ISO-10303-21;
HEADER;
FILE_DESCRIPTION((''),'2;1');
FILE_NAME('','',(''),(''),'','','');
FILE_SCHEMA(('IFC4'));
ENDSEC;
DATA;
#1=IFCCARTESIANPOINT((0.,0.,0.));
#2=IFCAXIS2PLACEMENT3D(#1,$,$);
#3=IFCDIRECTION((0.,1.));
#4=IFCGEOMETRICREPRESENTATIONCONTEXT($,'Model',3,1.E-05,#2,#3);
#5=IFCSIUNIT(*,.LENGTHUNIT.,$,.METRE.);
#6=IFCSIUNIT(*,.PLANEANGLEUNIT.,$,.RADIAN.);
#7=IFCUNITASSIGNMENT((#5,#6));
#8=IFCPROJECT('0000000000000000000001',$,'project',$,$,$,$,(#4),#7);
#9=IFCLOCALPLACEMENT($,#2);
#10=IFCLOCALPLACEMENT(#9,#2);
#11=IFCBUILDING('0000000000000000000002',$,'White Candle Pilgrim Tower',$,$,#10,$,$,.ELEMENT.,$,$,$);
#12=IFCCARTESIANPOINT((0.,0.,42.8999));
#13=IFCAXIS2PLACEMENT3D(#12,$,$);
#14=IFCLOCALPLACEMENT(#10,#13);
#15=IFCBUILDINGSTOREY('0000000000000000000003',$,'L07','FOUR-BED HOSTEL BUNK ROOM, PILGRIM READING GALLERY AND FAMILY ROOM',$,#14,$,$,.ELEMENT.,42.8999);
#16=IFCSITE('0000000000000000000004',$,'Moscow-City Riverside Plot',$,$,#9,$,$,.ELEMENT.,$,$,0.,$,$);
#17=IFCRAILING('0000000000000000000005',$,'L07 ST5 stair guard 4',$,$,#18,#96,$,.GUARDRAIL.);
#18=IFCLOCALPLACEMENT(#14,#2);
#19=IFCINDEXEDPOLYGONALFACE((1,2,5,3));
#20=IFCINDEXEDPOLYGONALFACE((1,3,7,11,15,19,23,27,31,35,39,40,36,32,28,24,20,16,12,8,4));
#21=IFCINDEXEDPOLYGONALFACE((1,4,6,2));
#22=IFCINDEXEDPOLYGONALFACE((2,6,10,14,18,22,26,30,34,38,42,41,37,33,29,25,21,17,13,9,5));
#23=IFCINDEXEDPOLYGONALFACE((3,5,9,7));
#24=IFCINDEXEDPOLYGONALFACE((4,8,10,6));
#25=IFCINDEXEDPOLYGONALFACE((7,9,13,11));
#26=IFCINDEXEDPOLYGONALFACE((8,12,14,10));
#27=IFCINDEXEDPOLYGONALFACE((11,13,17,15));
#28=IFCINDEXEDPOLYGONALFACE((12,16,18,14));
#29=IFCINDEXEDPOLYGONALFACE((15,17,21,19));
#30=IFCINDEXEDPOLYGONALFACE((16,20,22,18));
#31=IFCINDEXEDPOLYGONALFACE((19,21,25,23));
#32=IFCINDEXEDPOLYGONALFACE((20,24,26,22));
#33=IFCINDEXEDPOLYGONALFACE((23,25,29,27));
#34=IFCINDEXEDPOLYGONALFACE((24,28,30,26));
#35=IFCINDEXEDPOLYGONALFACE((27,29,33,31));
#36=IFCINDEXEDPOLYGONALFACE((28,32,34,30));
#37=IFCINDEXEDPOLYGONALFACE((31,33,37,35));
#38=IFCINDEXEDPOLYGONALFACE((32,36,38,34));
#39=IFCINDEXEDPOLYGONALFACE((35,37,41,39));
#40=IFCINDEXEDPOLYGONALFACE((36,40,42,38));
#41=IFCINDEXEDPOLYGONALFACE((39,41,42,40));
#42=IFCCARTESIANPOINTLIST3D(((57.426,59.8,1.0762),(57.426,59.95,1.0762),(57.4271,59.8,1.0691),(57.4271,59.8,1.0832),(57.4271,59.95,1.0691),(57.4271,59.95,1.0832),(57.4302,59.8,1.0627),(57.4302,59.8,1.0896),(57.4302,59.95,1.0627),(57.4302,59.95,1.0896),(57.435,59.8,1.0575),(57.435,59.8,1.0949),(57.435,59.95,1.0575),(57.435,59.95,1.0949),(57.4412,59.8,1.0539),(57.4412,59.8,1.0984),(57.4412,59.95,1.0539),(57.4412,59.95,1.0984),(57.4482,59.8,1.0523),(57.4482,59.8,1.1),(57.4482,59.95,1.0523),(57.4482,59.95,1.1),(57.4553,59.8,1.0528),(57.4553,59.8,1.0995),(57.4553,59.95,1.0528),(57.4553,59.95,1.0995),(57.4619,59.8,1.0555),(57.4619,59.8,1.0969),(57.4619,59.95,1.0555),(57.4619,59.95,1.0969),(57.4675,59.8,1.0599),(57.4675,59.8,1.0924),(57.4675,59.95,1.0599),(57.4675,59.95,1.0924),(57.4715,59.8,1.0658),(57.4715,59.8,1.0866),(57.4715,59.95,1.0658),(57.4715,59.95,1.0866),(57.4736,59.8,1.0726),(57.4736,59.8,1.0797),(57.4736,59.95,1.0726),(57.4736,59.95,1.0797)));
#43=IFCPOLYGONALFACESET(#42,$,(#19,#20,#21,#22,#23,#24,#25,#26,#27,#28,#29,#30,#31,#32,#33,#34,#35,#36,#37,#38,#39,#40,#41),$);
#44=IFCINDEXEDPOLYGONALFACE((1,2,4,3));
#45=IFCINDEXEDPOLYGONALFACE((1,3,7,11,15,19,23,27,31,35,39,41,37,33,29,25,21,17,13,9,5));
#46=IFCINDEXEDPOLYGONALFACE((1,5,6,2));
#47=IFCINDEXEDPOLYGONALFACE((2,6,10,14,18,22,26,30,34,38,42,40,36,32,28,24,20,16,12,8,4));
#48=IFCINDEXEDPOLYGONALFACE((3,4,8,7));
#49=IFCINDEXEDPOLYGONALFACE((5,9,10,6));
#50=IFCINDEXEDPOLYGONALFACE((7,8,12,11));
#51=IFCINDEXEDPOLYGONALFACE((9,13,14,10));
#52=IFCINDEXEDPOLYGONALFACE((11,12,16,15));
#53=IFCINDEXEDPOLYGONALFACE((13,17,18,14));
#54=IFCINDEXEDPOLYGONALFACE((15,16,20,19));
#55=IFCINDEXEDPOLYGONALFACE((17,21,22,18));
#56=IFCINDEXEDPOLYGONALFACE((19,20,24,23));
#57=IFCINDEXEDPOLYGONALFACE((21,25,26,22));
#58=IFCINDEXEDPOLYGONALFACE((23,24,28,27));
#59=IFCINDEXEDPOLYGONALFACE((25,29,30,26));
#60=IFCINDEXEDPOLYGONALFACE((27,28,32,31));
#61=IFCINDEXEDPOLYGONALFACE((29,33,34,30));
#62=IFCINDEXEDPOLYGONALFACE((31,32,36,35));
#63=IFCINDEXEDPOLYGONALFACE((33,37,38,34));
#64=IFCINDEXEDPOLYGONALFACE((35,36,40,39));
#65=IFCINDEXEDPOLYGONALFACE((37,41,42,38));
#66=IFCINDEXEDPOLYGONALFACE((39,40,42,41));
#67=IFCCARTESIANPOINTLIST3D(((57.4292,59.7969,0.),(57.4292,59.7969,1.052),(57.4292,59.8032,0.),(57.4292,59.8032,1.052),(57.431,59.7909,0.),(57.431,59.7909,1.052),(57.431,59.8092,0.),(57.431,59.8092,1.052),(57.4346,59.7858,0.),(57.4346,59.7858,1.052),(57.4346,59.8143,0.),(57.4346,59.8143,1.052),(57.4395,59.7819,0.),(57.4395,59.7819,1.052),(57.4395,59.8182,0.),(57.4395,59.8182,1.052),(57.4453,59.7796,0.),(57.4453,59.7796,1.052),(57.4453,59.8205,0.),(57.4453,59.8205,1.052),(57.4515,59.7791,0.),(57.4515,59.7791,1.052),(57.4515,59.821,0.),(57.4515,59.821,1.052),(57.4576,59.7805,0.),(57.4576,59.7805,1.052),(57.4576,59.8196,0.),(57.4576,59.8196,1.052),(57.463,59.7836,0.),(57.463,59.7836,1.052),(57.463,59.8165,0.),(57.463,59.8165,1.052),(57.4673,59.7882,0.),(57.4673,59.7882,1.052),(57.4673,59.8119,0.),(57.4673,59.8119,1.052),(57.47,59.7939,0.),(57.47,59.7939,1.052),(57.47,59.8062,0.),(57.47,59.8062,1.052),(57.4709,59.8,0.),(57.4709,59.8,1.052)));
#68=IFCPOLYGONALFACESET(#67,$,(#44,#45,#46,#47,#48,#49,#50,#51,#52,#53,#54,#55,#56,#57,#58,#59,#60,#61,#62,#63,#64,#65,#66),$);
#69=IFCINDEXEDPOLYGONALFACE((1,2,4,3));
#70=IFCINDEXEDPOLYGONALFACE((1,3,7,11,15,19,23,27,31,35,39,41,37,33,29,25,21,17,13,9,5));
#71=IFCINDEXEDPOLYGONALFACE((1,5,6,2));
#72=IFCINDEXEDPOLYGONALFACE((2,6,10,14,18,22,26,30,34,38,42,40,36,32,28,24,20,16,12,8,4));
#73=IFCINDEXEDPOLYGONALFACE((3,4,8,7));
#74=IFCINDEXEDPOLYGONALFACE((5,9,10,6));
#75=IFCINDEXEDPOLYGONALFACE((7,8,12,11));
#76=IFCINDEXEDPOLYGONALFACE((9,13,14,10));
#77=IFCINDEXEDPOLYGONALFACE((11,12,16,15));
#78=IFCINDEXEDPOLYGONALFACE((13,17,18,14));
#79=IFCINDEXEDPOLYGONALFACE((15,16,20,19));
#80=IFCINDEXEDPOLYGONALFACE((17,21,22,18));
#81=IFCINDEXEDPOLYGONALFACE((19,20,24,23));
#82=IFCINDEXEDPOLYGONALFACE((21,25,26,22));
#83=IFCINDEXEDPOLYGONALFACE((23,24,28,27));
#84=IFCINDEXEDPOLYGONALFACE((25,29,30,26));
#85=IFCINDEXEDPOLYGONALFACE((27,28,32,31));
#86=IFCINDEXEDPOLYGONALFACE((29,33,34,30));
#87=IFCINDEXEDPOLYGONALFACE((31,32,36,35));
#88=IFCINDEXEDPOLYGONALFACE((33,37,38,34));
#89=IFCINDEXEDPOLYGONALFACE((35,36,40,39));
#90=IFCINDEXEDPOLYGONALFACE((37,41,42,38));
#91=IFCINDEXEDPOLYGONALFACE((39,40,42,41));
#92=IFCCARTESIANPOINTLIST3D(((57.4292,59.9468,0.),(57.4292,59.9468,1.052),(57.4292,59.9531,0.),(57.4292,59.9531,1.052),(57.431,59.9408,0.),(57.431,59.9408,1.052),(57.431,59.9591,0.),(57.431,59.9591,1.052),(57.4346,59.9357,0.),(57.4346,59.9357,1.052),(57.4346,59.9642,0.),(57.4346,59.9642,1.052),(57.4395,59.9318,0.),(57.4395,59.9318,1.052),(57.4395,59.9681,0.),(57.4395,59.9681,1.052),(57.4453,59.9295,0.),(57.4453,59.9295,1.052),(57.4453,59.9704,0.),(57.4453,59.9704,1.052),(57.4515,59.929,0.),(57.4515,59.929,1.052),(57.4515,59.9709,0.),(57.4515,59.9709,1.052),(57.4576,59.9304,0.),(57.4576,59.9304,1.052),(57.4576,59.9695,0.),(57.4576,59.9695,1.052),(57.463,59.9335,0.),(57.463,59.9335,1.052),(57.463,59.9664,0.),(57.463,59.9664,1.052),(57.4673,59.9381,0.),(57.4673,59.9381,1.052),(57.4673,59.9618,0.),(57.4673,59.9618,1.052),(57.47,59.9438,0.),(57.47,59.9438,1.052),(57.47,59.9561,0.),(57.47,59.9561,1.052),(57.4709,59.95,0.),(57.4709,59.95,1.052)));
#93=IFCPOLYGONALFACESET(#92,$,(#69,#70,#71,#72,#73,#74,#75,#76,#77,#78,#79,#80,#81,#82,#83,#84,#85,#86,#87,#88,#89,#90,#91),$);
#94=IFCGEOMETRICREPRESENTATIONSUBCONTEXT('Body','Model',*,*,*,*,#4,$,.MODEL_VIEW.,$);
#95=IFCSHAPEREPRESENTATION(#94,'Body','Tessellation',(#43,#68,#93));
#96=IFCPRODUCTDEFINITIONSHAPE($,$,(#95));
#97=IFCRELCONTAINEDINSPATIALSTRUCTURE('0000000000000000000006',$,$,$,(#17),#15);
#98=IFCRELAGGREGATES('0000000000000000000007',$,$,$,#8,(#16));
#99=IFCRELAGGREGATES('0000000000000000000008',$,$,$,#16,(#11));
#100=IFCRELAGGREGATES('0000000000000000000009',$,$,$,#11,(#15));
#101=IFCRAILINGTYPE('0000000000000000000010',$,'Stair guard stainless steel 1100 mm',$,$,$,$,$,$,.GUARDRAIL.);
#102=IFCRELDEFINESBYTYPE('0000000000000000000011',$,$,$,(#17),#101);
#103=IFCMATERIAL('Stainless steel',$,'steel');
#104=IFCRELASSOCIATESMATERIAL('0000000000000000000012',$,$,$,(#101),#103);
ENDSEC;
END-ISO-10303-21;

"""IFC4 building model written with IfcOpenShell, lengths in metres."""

from ifc_helpers import new_model, si_unit, direction, frame, origin, origin_2d, place, context, subcontext, project, spatial, circle, extrude, material, type_object, element, save


model = new_model("IFC4")

# Units and contexts
model_context = context("Model", 3, precision=1e-05, world=origin(), true_north=direction((0.0, 1.0)))
body_context = subcontext(model_context, "Body", "Model", "MODEL_VIEW")
ifc_project = project(units=[si_unit("LENGTHUNIT", "METRE"), si_unit("PLANEANGLEUNIT", "RADIAN")], contexts=[model_context])

# Site, building, storey
site_placement = place(None, origin())
site = spatial("IfcSite", under=ifc_project, at=site_placement, Name="Moscow-City Riverside Plot", CompositionType="ELEMENT", RefElevation=0.0)
building_placement = place(site_placement, origin())
building = spatial("IfcBuilding", under=site, at=building_placement, Name="White Candle Pilgrim Tower", CompositionType="ELEMENT")
storey_placement = place(building_placement, frame((0.0, 0.0, 42.8999)))
storey = spatial("IfcBuildingStorey", under=building, at=storey_placement, Name="L07", Description="FOUR-BED HOSTEL BUNK ROOM, PILGRIM READING GALLERY AND FAMILY ROOM", CompositionType="ELEMENT", Elevation=42.8999)

# Railing
ifc_material_1 = material(Name="Stainless steel", Category="steel")
railing_type_1 = type_object("IfcRailingType", Name="Stair guard stainless steel 1100 mm", PredefinedType="GUARDRAIL", material=ifc_material_1)
railing_1_placement = place(storey_placement, frame((57.45, 59.8, 0.0)))
element("IfcRailing", 1, at=railing_1_placement, inside=storey, type_object=railing_type_1, Name="L07 ST5 stair guard 4", PredefinedType="GUARDRAIL", context=body_context, shape_type="SweptSolid", body=[
    extrude(circle(Radius=0.0239, at=origin_2d()), frame((0.0, 0.0, 1.0762), z_axis=(0.0, 1.0, 0.0), x_axis=(-1.0, 0.0, 0.0)), (0.0, 0.0, 1.0), 0.1499),
    extrude(circle(Radius=0.021, at=origin_2d()), origin(), (0.0, 0.0, 1.0), 1.052),
    extrude(circle(Radius=0.021, at=origin_2d()), frame((0.0, 0.1499, 0.0)), (0.0, 0.0, 1.0), 1.052),
])

save(model, "model.ifc")
